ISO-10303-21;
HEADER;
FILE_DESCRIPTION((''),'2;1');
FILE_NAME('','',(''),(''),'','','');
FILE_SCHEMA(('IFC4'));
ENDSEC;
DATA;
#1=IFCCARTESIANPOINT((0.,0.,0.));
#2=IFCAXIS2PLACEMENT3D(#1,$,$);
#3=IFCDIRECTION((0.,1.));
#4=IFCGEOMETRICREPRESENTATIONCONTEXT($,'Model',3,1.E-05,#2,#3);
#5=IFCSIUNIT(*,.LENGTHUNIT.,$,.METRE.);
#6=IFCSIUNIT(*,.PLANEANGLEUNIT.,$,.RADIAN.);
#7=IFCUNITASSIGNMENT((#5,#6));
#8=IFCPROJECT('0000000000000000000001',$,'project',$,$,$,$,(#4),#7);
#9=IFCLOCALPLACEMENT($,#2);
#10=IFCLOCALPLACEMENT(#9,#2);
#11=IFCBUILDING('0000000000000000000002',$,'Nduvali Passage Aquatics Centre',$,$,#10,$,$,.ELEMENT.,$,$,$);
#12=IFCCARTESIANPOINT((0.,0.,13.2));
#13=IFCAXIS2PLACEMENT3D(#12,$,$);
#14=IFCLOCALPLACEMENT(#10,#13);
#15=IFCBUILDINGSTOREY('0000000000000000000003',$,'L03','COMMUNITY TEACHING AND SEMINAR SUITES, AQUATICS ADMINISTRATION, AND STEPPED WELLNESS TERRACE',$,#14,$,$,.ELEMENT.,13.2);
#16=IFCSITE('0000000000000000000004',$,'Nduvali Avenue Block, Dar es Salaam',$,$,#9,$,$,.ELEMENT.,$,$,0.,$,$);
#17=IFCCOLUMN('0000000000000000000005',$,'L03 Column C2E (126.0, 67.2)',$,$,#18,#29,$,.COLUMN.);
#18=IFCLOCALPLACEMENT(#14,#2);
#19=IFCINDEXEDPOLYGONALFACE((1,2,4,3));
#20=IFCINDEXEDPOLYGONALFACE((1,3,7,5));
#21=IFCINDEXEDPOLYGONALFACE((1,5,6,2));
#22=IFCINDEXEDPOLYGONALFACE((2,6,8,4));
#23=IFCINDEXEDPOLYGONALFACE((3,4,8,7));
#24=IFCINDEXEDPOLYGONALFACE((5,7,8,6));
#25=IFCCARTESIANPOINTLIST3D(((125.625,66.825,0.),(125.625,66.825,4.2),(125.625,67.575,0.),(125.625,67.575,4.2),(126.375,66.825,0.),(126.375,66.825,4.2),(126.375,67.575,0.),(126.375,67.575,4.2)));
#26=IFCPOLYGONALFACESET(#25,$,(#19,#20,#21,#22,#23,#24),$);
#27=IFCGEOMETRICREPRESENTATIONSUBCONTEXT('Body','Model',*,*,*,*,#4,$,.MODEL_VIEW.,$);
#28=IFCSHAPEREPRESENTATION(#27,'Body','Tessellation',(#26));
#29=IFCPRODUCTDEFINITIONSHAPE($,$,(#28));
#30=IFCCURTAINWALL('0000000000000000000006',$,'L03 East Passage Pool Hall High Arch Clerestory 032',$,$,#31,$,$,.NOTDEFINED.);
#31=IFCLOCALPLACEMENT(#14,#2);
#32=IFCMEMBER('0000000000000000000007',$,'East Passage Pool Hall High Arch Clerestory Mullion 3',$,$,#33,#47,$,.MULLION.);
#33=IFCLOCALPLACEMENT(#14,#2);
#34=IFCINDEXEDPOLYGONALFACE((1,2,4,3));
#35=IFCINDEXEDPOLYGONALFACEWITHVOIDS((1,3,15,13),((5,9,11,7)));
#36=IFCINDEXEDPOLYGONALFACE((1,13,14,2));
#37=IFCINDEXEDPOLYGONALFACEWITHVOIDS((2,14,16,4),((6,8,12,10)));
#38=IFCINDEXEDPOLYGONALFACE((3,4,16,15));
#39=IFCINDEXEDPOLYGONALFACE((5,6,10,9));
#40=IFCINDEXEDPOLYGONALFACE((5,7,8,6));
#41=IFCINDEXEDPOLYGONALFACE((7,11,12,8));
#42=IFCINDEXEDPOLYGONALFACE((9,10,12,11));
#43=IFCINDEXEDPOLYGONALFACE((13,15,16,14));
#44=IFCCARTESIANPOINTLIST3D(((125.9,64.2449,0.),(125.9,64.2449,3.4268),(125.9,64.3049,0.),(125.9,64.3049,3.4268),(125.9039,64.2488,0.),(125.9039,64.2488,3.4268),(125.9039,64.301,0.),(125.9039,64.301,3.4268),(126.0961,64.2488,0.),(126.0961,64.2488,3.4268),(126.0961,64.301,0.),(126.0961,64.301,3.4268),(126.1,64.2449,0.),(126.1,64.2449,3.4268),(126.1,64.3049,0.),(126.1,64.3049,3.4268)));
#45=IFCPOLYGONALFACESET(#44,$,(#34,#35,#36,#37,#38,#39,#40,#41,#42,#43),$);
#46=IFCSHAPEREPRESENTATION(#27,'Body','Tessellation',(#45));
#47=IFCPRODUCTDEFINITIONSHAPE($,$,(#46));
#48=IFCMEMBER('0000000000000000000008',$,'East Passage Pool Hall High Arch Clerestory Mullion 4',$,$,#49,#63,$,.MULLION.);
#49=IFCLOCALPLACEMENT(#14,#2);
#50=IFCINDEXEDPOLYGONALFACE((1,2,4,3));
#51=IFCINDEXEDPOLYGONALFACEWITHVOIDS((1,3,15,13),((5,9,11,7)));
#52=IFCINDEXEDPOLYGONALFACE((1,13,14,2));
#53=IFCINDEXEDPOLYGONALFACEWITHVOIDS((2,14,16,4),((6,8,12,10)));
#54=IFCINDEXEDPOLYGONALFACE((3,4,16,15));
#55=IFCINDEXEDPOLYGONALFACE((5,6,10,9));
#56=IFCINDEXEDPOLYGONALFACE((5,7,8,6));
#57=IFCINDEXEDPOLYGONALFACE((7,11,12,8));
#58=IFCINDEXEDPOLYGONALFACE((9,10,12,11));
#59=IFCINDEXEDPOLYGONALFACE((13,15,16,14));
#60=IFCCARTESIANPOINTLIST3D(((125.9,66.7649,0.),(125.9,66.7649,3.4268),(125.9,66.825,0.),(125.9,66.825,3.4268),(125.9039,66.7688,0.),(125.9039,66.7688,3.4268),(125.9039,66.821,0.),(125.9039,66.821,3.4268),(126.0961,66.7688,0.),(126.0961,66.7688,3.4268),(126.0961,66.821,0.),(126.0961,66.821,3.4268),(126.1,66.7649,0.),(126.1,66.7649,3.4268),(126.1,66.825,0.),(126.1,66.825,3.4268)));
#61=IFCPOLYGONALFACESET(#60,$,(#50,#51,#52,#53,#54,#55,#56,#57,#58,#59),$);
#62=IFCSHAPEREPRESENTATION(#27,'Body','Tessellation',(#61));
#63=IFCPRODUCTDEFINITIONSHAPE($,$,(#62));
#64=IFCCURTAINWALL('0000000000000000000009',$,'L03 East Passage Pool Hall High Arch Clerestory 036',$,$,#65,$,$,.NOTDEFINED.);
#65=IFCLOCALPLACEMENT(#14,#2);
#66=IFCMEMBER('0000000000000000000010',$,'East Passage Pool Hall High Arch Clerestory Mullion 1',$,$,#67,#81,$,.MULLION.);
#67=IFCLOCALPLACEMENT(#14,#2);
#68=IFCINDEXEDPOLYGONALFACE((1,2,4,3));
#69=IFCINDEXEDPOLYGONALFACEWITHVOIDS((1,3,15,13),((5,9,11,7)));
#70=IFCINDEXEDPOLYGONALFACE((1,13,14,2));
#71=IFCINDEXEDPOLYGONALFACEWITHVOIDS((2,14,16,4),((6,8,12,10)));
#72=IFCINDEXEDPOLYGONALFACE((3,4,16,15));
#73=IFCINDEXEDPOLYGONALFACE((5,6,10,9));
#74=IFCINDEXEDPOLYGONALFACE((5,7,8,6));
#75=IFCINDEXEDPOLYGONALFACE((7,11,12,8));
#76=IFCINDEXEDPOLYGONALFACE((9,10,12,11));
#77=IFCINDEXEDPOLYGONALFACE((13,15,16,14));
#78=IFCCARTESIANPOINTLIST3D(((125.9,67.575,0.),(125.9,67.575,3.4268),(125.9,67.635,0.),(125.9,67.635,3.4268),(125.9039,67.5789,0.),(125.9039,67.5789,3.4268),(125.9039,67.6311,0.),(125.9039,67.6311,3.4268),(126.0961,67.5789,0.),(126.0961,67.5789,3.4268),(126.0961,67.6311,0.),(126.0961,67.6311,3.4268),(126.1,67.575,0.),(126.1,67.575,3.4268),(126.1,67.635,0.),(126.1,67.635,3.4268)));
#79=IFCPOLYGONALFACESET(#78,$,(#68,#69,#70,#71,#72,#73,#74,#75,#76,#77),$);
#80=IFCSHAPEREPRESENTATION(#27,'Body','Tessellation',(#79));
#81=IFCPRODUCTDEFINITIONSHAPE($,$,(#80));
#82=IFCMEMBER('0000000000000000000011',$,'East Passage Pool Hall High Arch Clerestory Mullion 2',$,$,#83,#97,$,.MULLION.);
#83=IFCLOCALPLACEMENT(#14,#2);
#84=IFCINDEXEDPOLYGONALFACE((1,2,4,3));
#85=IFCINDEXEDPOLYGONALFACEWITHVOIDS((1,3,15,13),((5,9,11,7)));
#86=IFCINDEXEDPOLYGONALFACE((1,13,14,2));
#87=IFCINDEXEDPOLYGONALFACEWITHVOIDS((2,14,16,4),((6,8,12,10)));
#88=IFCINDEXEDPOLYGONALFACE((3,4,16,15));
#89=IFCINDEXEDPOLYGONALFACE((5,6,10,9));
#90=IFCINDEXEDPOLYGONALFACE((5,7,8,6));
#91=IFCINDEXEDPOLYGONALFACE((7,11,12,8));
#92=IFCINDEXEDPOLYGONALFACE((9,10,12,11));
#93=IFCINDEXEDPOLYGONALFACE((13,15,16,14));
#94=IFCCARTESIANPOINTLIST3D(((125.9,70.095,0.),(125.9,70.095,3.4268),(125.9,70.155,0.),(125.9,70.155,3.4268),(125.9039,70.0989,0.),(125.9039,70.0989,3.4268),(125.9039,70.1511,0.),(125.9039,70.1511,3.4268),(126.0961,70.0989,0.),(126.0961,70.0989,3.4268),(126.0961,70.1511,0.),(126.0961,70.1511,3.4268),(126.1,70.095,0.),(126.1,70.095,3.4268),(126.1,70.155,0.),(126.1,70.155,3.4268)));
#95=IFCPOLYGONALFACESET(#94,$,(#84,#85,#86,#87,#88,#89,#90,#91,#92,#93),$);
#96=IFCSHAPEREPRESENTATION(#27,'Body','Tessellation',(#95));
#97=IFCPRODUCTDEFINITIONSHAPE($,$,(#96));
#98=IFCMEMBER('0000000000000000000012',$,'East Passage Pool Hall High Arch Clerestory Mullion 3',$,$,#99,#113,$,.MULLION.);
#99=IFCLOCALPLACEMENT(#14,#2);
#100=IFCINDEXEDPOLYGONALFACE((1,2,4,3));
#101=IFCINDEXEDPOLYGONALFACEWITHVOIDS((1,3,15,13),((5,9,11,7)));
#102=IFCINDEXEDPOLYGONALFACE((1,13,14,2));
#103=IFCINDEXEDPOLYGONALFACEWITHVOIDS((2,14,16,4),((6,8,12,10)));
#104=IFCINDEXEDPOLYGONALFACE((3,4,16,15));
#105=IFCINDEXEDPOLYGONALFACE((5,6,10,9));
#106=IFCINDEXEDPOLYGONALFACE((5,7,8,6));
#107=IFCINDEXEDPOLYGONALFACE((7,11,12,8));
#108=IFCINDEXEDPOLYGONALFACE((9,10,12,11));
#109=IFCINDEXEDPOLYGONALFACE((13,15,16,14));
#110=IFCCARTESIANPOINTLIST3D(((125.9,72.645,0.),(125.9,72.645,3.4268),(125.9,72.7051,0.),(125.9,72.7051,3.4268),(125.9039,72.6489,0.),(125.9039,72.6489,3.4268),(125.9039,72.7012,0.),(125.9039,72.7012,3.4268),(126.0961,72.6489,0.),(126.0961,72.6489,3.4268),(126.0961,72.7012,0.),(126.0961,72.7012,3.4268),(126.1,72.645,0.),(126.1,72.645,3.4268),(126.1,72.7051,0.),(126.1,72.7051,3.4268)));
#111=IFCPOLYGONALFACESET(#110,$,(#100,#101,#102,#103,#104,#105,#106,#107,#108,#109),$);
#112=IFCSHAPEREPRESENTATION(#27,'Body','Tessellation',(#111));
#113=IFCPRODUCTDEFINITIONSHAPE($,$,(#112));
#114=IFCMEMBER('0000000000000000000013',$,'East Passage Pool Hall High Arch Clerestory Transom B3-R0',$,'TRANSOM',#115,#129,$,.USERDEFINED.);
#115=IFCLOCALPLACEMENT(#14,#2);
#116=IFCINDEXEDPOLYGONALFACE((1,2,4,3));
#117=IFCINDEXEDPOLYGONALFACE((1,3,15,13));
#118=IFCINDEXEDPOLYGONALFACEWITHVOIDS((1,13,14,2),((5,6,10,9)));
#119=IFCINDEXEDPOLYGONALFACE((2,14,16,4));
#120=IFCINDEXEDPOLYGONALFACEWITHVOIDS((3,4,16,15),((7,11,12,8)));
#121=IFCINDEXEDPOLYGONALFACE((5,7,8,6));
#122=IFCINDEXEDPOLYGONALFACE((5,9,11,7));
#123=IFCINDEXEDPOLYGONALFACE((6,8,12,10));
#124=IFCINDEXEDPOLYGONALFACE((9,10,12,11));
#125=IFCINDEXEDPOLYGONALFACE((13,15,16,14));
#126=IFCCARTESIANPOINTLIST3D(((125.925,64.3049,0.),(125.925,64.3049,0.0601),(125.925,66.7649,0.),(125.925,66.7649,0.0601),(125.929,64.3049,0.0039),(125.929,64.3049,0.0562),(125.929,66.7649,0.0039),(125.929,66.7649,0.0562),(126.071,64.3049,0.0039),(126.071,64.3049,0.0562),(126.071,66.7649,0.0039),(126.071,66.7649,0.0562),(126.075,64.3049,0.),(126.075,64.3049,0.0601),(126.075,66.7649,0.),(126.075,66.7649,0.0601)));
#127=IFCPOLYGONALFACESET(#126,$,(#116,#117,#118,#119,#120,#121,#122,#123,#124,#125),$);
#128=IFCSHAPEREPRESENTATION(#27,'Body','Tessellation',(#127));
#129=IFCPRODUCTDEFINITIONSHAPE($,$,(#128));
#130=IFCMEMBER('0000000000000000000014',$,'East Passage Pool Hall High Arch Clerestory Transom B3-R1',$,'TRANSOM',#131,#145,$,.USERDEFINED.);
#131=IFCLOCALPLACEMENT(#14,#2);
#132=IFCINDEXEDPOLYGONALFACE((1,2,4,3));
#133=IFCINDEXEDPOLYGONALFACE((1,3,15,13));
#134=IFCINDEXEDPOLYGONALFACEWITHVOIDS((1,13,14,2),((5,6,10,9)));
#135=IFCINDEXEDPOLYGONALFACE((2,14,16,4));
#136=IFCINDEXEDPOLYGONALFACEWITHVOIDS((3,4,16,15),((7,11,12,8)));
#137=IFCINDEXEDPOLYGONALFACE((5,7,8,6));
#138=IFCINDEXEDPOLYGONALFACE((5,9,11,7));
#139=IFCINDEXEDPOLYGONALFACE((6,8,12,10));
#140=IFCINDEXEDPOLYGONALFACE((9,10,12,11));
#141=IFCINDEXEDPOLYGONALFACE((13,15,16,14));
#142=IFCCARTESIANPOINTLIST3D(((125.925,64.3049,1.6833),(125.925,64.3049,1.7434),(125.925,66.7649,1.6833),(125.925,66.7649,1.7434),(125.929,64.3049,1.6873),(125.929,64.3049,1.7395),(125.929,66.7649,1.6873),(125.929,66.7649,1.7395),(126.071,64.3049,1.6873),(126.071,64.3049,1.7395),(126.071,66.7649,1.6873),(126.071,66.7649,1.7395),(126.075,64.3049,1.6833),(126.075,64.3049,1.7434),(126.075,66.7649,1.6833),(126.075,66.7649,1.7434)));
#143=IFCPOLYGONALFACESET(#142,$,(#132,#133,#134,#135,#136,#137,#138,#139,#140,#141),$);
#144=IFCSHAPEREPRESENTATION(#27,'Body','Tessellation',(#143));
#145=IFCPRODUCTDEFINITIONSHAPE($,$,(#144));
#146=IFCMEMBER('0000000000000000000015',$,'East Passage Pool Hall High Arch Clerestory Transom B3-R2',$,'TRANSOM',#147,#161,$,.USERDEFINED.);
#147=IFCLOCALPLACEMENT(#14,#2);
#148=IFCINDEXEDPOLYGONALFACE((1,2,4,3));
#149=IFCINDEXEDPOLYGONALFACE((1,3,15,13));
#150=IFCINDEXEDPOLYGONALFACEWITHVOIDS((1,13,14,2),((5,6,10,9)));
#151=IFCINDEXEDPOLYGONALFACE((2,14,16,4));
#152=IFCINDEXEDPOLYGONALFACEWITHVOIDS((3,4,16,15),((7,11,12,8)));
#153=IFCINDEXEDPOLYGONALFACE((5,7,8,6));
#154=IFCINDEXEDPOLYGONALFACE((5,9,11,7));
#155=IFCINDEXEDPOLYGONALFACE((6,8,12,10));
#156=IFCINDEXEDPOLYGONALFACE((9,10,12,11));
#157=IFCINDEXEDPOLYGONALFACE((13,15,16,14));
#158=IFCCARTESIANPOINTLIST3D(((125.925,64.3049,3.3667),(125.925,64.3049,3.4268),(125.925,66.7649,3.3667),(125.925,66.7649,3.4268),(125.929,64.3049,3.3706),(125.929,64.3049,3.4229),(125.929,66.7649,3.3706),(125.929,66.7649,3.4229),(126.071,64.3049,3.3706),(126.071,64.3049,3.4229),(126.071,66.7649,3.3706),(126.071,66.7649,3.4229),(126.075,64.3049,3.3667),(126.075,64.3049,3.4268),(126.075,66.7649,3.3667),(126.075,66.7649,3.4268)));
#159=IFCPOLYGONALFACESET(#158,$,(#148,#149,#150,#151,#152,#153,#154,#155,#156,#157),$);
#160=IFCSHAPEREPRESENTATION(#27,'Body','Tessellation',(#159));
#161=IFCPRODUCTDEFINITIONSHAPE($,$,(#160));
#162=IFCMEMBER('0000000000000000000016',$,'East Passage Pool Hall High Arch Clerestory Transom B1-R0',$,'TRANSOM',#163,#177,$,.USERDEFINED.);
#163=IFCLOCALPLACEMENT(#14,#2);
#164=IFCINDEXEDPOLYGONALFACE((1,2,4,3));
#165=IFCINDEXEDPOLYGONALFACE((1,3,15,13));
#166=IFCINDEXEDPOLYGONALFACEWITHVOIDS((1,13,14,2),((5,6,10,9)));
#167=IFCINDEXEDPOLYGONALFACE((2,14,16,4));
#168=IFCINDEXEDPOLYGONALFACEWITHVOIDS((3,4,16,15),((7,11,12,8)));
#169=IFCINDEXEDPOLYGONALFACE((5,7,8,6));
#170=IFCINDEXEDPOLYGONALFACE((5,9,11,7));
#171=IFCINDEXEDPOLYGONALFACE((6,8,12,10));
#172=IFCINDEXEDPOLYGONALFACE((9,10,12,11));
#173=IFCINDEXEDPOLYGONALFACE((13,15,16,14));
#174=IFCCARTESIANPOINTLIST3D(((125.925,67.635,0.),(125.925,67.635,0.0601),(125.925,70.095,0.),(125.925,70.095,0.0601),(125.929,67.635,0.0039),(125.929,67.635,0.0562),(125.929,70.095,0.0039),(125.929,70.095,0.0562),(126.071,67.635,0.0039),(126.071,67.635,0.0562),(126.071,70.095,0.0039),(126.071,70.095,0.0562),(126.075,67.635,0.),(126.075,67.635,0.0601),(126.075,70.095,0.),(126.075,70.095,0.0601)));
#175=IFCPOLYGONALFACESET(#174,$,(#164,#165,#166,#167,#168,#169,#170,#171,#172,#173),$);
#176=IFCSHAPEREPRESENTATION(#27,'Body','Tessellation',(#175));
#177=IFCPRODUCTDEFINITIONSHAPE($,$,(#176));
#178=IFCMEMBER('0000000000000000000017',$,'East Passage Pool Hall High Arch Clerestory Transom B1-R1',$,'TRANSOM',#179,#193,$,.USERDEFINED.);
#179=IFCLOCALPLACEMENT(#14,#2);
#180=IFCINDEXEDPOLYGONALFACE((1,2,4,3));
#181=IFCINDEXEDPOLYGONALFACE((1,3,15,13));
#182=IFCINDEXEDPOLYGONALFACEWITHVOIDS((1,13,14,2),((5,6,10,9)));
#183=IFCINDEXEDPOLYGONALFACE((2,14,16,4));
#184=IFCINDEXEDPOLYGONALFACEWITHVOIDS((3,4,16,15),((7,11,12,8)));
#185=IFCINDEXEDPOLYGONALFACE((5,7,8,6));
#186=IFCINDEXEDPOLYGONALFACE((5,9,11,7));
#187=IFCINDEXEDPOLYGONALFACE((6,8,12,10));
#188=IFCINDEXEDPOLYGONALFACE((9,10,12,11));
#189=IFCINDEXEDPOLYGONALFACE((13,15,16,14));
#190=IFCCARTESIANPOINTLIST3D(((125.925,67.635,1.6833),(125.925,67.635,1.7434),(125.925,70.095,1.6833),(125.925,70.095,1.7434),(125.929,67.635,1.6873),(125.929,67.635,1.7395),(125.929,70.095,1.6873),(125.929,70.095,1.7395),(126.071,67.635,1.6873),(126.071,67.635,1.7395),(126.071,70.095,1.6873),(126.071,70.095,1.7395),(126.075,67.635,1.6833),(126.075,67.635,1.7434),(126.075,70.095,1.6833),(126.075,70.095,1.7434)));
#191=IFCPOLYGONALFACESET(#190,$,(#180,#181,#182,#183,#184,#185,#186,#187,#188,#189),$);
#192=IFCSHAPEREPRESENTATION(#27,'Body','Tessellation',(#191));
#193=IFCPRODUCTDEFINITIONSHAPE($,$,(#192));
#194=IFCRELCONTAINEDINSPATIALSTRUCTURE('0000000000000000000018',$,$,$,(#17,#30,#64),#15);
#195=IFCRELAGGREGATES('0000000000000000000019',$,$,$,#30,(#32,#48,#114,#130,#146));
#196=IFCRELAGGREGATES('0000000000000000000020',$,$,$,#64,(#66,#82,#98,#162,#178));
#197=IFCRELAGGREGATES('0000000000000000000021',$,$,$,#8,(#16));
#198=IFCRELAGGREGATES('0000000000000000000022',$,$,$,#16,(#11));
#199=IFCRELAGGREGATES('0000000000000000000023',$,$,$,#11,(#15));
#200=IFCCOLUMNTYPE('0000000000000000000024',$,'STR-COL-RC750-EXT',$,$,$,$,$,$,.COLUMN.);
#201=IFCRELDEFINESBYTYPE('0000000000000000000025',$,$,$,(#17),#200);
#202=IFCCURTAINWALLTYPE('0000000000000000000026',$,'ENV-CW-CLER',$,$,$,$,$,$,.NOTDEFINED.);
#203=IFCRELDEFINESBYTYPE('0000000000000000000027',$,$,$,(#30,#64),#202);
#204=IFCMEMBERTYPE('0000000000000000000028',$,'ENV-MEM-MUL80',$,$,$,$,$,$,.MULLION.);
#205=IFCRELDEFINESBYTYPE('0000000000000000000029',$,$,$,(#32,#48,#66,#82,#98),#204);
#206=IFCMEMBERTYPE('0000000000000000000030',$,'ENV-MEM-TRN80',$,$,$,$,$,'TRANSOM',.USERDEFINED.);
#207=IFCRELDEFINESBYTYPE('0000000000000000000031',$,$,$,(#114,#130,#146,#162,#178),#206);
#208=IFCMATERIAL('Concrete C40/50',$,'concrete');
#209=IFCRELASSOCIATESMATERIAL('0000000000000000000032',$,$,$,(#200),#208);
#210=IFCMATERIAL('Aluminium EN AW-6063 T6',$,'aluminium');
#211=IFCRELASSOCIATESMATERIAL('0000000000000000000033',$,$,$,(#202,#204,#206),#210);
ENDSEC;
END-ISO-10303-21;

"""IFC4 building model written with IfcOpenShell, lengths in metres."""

from ifc_helpers import new_model, si_unit, direction, frame, origin, origin_2d, place, context, subcontext, project, spatial, rectangle, hollow_rectangle, extrude, material, material_profile, profile_set, type_object, element, aggregate, save


model = new_model("IFC4")

# Units and contexts
model_context = context("Model", 3, precision=1e-05, world=origin(), true_north=direction((0.0, 1.0)))
body_context = subcontext(model_context, "Body", "Model", "MODEL_VIEW")
ifc_project = project(units=[si_unit("LENGTHUNIT", "METRE"), si_unit("PLANEANGLEUNIT", "RADIAN")], contexts=[model_context])

# Site, building, storey
site_placement = place(None, origin())
site = spatial("IfcSite", under=ifc_project, at=site_placement, Name="Nduvali Avenue Block, Dar es Salaam", CompositionType="ELEMENT", RefElevation=0.0)
building_placement = place(site_placement, origin())
building = spatial("IfcBuilding", under=site, at=building_placement, Name="Nduvali Passage Aquatics Centre", CompositionType="ELEMENT")
storey_placement = place(building_placement, frame((0.0, 0.0, 13.2)))
storey = spatial("IfcBuildingStorey", under=building, at=storey_placement, Name="L03", Description="COMMUNITY TEACHING AND SEMINAR SUITES, AQUATICS ADMINISTRATION, AND STEPPED WELLNESS TERRACE", CompositionType="ELEMENT", Elevation=13.2)

# Column
ifc_material_1 = material(Name="Concrete C40/50", Category="concrete")
ifc_material_profile_1 = material_profile(ifc_material_1, rectangle(XDim=0.75, YDim=0.75, at=origin_2d()), Name="RC 750x750")
ifc_profile_set_1 = profile_set([ifc_material_profile_1], Name="Concrete C40/50")
column_type = type_object("IfcColumnType", Name="STR-COL-RC750-EXT", PredefinedType="COLUMN", material=ifc_profile_set_1)
column_placement = place(storey_placement, frame((126.0, 67.2, 0.0), z_axis=(0.0, 0.0, 1.0), x_axis=(1.0, 0.0, 0.0)))
element("IfcColumn", 1, at=column_placement, inside=storey, type_object=column_type, Name="L03 Column C2E (126.0, 67.2)", PredefinedType="COLUMN", context=body_context, shape_type="SweptSolid", body=[
    extrude(rectangle(XDim=0.75, YDim=0.75, at=origin_2d()), origin(), (0.0, 0.0, 1.0), 4.2),
])

# Curtain walls, members
ifc_material_2 = material(Name="Aluminium EN AW-6063 T6", Category="aluminium")
curtain_wall_type = type_object("IfcCurtainWallType", Name="ENV-CW-CLER", PredefinedType="NOTDEFINED", material=ifc_material_2)
curtain_wall_1_placement = place(storey_placement, origin())
curtain_wall_1 = element("IfcCurtainWall", 2, at=curtain_wall_1_placement, inside=storey, type_object=curtain_wall_type, Name="L03 East Passage Pool Hall High Arch Clerestory 032", PredefinedType="NOTDEFINED")
ifc_material_profile_2 = material_profile(ifc_material_2, hollow_rectangle(XDim=0.0601, YDim=0.2, WallThickness=0.0039, at=origin_2d()), Name="ALU MULLION 60x200x4")
ifc_profile_set_2 = profile_set([ifc_material_profile_2], Name="Aluminium EN AW-6063 T6")
member_type_1 = type_object("IfcMemberType", Name="ENV-MEM-MUL80", PredefinedType="MULLION", material=ifc_profile_set_2)
member_1_placement = place(storey_placement, frame((126.0, 64.2749, 0.0), z_axis=(0.0, 0.0, 1.0), x_axis=(0.0, 1.0, 0.0)))
member_1 = element("IfcMember", 3, at=member_1_placement, type_object=member_type_1, Name="East Passage Pool Hall High Arch Clerestory Mullion 3", PredefinedType="MULLION", context=body_context, shape_type="SweptSolid", body=[
    extrude(hollow_rectangle(XDim=0.0601, YDim=0.2, WallThickness=0.0039, at=origin_2d()), origin(), (0.0, 0.0, 1.0), 3.4268),
])
member_2_placement = place(storey_placement, frame((126.0, 66.7949, 0.0), z_axis=(0.0, 0.0, 1.0), x_axis=(0.0, 1.0, 0.0)))
member_2 = element("IfcMember", 4, at=member_2_placement, type_object=member_type_1, Name="East Passage Pool Hall High Arch Clerestory Mullion 4", PredefinedType="MULLION", context=body_context, shape_type="SweptSolid", body=[
    extrude(hollow_rectangle(XDim=0.0601, YDim=0.2, WallThickness=0.0039, at=origin_2d()), origin(), (0.0, 0.0, 1.0), 3.4268),
])
curtain_wall_2_placement = place(storey_placement, origin())
curtain_wall_2 = element("IfcCurtainWall", 5, at=curtain_wall_2_placement, inside=storey, type_object=curtain_wall_type, Name="L03 East Passage Pool Hall High Arch Clerestory 036", PredefinedType="NOTDEFINED")
member_3_placement = place(storey_placement, frame((126.0, 67.605, 0.0), z_axis=(0.0, 0.0, 1.0), x_axis=(0.0, 1.0, 0.0)))
member_3 = element("IfcMember", 6, at=member_3_placement, type_object=member_type_1, Name="East Passage Pool Hall High Arch Clerestory Mullion 1", PredefinedType="MULLION", context=body_context, shape_type="SweptSolid", body=[
    extrude(hollow_rectangle(XDim=0.0601, YDim=0.2, WallThickness=0.0039, at=origin_2d()), origin(), (0.0, 0.0, 1.0), 3.4268),
])
member_4_placement = place(storey_placement, frame((126.0, 70.125, 0.0), z_axis=(0.0, 0.0, 1.0), x_axis=(0.0, 1.0, 0.0)))
member_4 = element("IfcMember", 7, at=member_4_placement, type_object=member_type_1, Name="East Passage Pool Hall High Arch Clerestory Mullion 2", PredefinedType="MULLION", context=body_context, shape_type="SweptSolid", body=[
    extrude(hollow_rectangle(XDim=0.0601, YDim=0.2, WallThickness=0.0039, at=origin_2d()), origin(), (0.0, 0.0, 1.0), 3.4268),
])
member_5_placement = place(storey_placement, frame((126.0, 72.675, 0.0), z_axis=(0.0, 0.0, 1.0), x_axis=(0.0, 1.0, 0.0)))
member_5 = element("IfcMember", 8, at=member_5_placement, type_object=member_type_1, Name="East Passage Pool Hall High Arch Clerestory Mullion 3", PredefinedType="MULLION", context=body_context, shape_type="SweptSolid", body=[
    extrude(hollow_rectangle(XDim=0.0601, YDim=0.2, WallThickness=0.0039, at=origin_2d()), origin(), (0.0, 0.0, 1.0), 3.4268),
])

# Members
ifc_material_profile_3 = material_profile(ifc_material_2, hollow_rectangle(XDim=0.1499, YDim=0.0601, WallThickness=0.0039, at=origin_2d()), Name="ALU TRANSOM 150x60x4")
ifc_profile_set_3 = profile_set([ifc_material_profile_3], Name="Aluminium EN AW-6063 T6")
member_type_2 = type_object("IfcMemberType", Name="ENV-MEM-TRN80", ElementType="TRANSOM", PredefinedType="USERDEFINED", material=ifc_profile_set_3)
member_6_placement = place(storey_placement, frame((126.0, 64.3049, 0.03), z_axis=(0.0, 1.0, 0.0), x_axis=(-1.0, 0.0, 0.0)))
member_6 = element("IfcMember", 9, at=member_6_placement, type_object=member_type_2, Name="East Passage Pool Hall High Arch Clerestory Transom B3-R0", ObjectType="TRANSOM", PredefinedType="USERDEFINED", context=body_context, shape_type="SweptSolid", body=[
    extrude(hollow_rectangle(XDim=0.1499, YDim=0.0601, WallThickness=0.0039, at=origin_2d()), origin(), (0.0, 0.0, 1.0), 2.46),
])
member_7_placement = place(storey_placement, frame((126.0, 64.3049, 1.7134), z_axis=(0.0, 1.0, 0.0), x_axis=(-1.0, 0.0, 0.0)))
member_7 = element("IfcMember", 10, at=member_7_placement, type_object=member_type_2, Name="East Passage Pool Hall High Arch Clerestory Transom B3-R1", ObjectType="TRANSOM", PredefinedType="USERDEFINED", context=body_context, shape_type="SweptSolid", body=[
    extrude(hollow_rectangle(XDim=0.1499, YDim=0.0601, WallThickness=0.0039, at=origin_2d()), origin(), (0.0, 0.0, 1.0), 2.46),
])
member_8_placement = place(storey_placement, frame((126.0, 64.3049, 3.3967), z_axis=(0.0, 1.0, 0.0), x_axis=(-1.0, 0.0, 0.0)))
member_8 = element("IfcMember", 11, at=member_8_placement, type_object=member_type_2, Name="East Passage Pool Hall High Arch Clerestory Transom B3-R2", ObjectType="TRANSOM", PredefinedType="USERDEFINED", context=body_context, shape_type="SweptSolid", body=[
    extrude(hollow_rectangle(XDim=0.1499, YDim=0.0601, WallThickness=0.0039, at=origin_2d()), origin(), (0.0, 0.0, 1.0), 2.46),
])
member_9_placement = place(storey_placement, frame((126.0, 67.635, 0.03), z_axis=(0.0, 1.0, 0.0), x_axis=(-1.0, 0.0, 0.0)))
member_9 = element("IfcMember", 12, at=member_9_placement, type_object=member_type_2, Name="East Passage Pool Hall High Arch Clerestory Transom B1-R0", ObjectType="TRANSOM", PredefinedType="USERDEFINED", context=body_context, shape_type="SweptSolid", body=[
    extrude(hollow_rectangle(XDim=0.1499, YDim=0.0601, WallThickness=0.0039, at=origin_2d()), origin(), (0.0, 0.0, 1.0), 2.46),
])
member_10_placement = place(storey_placement, frame((126.0, 67.635, 1.7134), z_axis=(0.0, 1.0, 0.0), x_axis=(-1.0, 0.0, 0.0)))
member_10 = element("IfcMember", 13, at=member_10_placement, type_object=member_type_2, Name="East Passage Pool Hall High Arch Clerestory Transom B1-R1", ObjectType="TRANSOM", PredefinedType="USERDEFINED", context=body_context, shape_type="SweptSolid", body=[
    extrude(hollow_rectangle(XDim=0.1499, YDim=0.0601, WallThickness=0.0039, at=origin_2d()), origin(), (0.0, 0.0, 1.0), 2.46),
])

aggregate(curtain_wall_1, [member_1, member_2, member_6, member_7, member_8])
aggregate(curtain_wall_2, [member_3, member_4, member_5, member_9, member_10])

save(model, "model.ifc")
